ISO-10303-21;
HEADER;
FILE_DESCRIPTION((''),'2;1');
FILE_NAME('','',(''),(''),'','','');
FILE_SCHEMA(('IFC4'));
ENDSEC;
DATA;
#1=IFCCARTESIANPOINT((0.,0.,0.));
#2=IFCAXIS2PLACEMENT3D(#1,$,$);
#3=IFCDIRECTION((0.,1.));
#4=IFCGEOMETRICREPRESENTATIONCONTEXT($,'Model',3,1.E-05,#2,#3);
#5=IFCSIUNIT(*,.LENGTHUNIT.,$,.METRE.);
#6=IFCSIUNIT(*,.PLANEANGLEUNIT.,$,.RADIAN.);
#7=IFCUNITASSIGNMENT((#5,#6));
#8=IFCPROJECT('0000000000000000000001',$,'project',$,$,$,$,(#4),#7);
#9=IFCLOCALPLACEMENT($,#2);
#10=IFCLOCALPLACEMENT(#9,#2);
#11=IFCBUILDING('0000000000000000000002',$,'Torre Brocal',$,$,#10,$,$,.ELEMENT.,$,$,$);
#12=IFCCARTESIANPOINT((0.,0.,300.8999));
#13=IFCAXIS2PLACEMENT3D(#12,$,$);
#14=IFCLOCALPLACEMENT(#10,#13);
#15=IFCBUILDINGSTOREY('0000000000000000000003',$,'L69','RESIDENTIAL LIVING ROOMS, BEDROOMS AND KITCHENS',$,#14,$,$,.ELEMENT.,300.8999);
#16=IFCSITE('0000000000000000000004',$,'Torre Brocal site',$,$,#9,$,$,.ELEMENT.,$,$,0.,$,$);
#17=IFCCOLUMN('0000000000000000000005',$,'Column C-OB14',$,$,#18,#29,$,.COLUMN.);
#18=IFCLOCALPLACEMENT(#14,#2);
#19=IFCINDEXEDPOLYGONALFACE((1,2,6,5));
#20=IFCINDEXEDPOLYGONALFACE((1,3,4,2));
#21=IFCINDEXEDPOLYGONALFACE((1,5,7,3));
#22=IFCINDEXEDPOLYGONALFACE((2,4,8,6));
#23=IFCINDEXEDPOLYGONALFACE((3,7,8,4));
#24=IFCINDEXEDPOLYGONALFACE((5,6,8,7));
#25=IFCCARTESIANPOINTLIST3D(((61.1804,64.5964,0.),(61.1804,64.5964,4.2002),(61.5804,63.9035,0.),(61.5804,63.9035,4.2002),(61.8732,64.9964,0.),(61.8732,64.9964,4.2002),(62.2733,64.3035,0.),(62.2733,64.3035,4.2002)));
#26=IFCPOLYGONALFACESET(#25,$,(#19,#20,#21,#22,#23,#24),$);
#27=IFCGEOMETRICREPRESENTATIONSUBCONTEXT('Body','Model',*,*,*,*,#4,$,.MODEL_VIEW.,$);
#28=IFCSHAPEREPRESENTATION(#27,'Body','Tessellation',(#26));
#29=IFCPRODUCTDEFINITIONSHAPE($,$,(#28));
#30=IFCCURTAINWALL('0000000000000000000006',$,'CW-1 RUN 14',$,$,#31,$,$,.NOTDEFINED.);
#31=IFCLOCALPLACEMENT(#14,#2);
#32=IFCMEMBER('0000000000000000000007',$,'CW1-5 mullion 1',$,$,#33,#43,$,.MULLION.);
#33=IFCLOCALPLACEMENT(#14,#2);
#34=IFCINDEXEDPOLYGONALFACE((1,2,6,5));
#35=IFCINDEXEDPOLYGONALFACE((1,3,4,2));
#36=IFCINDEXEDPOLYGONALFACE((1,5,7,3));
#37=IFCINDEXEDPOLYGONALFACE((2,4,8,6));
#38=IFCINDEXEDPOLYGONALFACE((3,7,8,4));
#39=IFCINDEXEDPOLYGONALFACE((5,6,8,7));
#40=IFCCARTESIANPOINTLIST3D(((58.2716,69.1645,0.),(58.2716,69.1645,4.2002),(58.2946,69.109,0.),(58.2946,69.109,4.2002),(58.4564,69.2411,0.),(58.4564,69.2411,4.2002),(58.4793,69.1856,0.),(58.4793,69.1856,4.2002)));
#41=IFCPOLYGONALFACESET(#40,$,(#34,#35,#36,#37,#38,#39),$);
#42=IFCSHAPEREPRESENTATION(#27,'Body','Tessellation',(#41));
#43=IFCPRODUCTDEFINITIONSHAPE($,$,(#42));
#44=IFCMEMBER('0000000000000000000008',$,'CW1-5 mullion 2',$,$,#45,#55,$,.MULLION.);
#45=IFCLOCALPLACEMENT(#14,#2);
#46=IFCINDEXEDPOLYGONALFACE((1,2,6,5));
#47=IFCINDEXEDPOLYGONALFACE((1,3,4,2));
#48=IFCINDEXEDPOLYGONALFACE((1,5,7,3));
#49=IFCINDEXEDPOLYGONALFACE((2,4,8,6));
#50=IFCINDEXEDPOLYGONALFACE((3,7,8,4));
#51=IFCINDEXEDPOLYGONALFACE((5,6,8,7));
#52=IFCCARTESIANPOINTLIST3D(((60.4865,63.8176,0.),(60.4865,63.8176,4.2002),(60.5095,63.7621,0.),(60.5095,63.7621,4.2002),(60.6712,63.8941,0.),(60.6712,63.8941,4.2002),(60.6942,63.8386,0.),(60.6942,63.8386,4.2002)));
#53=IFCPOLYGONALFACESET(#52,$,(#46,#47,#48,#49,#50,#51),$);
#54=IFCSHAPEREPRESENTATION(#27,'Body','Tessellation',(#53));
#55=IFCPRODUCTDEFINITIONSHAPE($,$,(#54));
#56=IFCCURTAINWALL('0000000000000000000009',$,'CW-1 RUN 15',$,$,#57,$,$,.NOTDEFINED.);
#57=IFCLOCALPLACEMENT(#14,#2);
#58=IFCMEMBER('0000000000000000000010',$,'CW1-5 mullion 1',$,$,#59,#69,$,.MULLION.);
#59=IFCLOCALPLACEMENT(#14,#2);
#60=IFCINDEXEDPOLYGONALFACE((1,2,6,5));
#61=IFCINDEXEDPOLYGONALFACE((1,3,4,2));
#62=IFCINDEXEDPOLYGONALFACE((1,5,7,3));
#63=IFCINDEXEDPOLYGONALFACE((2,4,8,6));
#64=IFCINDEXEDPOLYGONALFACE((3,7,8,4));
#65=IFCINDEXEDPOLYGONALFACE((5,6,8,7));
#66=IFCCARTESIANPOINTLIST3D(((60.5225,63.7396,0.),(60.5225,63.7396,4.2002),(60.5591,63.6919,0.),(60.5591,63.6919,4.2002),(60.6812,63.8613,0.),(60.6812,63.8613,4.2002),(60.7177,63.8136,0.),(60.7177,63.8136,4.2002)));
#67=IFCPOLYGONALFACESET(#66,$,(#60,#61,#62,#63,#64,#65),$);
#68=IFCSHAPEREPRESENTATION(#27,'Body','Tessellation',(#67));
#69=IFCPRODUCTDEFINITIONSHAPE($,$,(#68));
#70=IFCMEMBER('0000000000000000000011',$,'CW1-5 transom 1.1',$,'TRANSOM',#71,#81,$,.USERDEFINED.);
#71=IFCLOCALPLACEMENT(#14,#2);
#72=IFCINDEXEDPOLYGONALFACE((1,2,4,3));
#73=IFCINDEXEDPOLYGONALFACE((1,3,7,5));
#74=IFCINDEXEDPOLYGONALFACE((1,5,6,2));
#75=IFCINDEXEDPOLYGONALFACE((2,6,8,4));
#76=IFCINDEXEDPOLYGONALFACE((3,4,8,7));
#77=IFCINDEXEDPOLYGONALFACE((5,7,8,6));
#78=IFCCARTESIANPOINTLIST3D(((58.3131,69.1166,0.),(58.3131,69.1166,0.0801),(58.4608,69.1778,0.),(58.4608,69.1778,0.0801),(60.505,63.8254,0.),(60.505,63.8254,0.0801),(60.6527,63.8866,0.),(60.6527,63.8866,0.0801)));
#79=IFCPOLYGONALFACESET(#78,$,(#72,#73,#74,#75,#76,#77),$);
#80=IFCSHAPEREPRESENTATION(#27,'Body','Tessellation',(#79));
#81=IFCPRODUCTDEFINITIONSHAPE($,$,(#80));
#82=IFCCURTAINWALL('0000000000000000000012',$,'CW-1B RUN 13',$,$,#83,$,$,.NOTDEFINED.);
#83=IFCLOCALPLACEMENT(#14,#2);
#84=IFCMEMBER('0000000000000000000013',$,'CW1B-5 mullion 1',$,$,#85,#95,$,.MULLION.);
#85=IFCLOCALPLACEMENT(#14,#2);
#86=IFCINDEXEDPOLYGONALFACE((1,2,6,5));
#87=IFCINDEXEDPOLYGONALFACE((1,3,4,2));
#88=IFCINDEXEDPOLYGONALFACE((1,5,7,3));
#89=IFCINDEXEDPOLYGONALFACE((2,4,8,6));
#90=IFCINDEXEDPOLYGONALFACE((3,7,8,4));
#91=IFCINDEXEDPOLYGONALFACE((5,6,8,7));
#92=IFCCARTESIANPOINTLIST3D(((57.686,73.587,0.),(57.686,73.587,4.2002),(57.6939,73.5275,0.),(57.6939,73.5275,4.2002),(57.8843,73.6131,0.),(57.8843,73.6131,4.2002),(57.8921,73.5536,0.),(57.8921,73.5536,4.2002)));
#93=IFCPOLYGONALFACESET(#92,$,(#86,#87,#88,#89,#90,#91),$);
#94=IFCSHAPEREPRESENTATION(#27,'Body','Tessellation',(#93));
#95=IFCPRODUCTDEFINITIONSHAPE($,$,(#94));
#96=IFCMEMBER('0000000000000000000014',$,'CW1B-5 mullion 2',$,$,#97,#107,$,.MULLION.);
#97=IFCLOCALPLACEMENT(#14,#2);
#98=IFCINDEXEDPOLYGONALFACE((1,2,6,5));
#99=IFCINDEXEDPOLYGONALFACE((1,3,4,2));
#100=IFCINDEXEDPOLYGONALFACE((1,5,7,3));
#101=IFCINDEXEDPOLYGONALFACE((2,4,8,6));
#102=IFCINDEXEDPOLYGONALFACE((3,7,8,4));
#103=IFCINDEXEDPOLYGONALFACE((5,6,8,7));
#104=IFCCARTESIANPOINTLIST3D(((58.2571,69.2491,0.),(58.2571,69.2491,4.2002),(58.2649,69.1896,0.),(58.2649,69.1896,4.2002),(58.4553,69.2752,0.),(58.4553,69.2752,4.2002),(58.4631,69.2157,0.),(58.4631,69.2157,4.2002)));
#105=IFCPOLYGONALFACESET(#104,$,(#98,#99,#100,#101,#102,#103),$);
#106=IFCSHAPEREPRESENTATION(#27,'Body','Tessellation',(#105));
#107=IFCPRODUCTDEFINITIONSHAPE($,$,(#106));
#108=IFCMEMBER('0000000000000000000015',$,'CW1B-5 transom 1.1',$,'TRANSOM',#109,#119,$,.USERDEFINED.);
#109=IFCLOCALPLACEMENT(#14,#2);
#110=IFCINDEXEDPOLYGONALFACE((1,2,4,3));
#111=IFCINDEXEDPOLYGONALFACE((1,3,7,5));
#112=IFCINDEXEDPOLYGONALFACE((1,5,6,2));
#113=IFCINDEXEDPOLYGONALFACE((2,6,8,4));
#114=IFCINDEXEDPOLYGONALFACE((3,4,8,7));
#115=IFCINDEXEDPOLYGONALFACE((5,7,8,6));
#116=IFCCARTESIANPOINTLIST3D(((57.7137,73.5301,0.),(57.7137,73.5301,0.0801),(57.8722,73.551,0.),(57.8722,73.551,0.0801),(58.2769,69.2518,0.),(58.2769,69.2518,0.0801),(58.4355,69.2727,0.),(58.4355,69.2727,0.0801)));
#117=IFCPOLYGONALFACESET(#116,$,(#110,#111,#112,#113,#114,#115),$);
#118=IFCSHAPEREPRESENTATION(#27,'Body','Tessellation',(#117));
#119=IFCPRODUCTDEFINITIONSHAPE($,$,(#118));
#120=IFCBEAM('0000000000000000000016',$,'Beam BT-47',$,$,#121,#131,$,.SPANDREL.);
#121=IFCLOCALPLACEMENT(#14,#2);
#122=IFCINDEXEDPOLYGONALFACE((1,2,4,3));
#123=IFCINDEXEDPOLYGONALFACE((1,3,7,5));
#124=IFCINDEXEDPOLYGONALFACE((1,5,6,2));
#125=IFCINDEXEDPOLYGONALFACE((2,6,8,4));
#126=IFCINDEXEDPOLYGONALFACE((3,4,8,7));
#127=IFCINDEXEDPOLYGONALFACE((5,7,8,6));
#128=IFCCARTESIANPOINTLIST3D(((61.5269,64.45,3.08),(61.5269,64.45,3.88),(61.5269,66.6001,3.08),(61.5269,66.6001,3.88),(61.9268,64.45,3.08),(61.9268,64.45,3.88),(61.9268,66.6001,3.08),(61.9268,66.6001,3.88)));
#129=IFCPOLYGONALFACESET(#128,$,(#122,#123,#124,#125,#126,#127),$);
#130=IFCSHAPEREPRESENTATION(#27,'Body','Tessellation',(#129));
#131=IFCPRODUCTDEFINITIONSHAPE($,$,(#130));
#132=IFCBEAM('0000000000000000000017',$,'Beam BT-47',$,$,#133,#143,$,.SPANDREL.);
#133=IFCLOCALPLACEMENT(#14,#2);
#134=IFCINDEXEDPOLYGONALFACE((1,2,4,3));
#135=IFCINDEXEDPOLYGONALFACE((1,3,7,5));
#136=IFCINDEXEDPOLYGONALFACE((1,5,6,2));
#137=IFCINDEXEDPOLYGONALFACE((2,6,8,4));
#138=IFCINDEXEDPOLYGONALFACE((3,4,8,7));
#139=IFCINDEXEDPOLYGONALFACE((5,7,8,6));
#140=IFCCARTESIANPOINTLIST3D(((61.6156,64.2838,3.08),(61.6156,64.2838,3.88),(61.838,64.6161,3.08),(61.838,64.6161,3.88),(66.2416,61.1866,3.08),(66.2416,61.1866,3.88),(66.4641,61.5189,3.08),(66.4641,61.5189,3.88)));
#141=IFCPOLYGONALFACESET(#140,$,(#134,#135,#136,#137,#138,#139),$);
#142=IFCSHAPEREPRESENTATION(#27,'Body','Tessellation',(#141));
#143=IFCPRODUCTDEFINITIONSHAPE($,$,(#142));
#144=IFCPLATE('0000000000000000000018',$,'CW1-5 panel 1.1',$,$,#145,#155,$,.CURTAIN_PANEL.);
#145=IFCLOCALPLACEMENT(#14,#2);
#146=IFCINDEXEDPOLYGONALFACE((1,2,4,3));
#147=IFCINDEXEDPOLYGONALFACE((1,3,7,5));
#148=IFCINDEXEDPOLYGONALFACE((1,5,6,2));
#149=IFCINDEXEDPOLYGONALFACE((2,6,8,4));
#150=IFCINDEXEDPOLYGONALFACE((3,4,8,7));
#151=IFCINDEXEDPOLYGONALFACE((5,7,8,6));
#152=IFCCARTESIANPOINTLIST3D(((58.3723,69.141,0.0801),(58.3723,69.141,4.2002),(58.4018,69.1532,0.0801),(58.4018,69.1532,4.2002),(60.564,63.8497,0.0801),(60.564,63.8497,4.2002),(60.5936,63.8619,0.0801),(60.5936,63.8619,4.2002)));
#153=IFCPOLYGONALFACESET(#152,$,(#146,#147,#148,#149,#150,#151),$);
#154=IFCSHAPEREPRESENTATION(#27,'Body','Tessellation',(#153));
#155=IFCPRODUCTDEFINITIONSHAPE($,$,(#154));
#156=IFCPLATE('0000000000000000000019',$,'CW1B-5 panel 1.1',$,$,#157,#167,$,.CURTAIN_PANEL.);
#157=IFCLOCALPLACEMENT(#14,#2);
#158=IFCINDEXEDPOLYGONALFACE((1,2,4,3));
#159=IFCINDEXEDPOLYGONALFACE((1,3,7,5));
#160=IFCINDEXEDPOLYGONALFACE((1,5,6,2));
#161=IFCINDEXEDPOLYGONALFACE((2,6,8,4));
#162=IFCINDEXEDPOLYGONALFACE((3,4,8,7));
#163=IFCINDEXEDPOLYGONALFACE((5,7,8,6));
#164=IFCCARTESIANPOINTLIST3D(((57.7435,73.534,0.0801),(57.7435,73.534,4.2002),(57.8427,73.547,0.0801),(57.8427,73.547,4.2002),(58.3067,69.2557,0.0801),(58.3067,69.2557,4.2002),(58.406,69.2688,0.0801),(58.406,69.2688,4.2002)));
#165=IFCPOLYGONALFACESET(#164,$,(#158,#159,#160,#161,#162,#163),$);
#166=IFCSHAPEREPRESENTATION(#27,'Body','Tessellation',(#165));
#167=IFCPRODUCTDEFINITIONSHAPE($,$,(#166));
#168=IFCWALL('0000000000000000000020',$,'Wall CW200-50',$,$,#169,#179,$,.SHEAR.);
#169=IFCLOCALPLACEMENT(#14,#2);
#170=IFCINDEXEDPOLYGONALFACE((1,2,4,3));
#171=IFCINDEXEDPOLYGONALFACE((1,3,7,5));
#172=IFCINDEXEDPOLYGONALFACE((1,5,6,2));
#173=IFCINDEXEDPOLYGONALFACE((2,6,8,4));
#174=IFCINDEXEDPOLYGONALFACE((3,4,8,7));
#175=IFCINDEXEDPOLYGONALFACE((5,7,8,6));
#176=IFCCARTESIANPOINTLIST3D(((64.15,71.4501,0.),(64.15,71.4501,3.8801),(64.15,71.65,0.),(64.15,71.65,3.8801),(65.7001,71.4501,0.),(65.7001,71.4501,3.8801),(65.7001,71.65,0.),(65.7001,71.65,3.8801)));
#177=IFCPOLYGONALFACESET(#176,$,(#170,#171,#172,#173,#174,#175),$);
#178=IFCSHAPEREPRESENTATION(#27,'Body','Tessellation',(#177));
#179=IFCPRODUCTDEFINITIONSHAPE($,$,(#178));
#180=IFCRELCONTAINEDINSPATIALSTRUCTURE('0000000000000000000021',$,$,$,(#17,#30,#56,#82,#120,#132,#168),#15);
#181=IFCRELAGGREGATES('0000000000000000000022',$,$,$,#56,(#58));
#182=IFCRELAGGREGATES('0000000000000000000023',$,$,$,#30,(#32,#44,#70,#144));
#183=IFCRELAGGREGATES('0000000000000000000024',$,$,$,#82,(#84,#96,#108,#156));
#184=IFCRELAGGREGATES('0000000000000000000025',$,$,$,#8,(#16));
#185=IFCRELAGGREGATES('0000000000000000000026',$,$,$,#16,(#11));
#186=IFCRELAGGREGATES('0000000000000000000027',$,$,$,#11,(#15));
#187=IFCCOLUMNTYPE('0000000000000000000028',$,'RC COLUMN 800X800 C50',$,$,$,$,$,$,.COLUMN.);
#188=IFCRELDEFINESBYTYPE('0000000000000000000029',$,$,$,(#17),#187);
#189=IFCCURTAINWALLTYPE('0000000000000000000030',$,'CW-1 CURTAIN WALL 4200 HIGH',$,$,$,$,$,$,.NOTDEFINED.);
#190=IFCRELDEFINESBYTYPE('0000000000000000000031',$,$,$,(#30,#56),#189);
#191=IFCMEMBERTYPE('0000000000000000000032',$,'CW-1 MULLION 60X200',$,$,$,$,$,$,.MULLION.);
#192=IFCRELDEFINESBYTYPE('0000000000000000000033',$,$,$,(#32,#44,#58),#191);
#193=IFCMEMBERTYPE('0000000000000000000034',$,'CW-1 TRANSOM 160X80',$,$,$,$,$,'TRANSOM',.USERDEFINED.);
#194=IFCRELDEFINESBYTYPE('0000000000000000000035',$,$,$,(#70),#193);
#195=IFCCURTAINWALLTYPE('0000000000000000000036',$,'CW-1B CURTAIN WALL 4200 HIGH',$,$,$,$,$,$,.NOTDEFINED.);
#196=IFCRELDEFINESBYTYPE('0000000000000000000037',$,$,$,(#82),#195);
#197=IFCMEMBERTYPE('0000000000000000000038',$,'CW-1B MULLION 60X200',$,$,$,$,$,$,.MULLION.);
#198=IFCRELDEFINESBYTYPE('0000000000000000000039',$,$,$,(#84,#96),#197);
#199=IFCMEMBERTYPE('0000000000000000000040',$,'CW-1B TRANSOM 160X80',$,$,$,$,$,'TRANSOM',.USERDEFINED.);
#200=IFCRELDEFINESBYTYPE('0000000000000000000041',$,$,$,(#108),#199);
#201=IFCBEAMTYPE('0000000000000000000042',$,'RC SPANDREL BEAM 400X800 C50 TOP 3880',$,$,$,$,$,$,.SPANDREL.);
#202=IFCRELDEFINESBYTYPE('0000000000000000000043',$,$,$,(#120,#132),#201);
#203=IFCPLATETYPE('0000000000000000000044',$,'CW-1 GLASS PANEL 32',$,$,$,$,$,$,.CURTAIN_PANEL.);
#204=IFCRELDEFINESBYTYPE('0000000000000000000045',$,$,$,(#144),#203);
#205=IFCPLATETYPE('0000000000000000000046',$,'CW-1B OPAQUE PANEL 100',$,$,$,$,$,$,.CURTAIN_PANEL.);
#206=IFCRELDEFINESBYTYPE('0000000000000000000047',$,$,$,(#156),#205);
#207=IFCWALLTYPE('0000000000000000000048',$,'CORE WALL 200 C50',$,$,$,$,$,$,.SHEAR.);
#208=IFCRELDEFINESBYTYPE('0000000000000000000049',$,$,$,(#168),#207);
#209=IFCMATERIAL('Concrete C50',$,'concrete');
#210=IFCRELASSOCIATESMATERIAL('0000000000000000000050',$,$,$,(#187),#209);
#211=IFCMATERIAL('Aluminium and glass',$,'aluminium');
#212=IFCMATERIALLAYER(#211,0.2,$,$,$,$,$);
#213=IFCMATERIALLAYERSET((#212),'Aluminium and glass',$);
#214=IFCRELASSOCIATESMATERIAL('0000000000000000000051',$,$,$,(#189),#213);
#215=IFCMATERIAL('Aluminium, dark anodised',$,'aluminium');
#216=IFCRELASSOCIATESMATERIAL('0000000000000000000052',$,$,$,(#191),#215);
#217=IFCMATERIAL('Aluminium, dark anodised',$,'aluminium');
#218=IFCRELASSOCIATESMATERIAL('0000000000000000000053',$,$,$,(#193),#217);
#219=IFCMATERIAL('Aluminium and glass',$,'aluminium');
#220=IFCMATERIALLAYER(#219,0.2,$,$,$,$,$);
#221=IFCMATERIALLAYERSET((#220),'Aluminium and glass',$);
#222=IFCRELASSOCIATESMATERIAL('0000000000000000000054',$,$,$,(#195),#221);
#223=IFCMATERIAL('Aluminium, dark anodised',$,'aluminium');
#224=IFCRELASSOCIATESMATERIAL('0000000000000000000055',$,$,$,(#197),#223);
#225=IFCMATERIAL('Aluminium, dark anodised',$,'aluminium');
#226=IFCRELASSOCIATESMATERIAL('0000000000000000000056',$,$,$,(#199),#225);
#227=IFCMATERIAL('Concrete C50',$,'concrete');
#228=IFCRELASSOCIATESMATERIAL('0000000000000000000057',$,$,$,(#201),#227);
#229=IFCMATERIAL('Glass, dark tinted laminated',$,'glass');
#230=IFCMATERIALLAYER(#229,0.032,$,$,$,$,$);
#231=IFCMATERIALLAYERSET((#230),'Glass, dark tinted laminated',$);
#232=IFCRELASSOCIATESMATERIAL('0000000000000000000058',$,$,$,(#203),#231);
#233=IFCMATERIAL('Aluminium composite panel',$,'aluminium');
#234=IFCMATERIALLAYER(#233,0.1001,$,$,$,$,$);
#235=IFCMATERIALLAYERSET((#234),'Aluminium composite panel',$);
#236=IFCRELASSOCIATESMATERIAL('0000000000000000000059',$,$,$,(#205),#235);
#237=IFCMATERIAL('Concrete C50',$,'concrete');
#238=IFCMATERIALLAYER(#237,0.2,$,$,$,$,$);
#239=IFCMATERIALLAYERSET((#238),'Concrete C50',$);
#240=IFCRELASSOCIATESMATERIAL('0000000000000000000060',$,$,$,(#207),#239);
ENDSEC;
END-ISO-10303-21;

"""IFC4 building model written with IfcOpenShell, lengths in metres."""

from ifc_helpers import new_model, si_unit, direction, frame, frame_2d, origin, origin_2d, place, context, subcontext, project, spatial, rectangle, extrude, material, layer, layer_set, material_profile, profile_set, type_object, element, aggregate, save


model = new_model("IFC4")

# Units and contexts
model_context = context("Model", 3, precision=1e-05, world=origin(), true_north=direction((0.0, 1.0)))
body_context = subcontext(model_context, "Body", "Model", "MODEL_VIEW")
ifc_project = project(units=[si_unit("LENGTHUNIT", "METRE"), si_unit("PLANEANGLEUNIT", "RADIAN")], contexts=[model_context])

# Site, building, storey
site_placement = place(None, origin())
site = spatial("IfcSite", under=ifc_project, at=site_placement, Name="Torre Brocal site", CompositionType="ELEMENT", RefElevation=0.0)
building_placement = place(site_placement, origin())
building = spatial("IfcBuilding", under=site, at=building_placement, Name="Torre Brocal", CompositionType="ELEMENT")
storey_placement = place(building_placement, frame((0.0, 0.0, 300.8999)))
storey = spatial("IfcBuildingStorey", under=building, at=storey_placement, Name="L69", Description="RESIDENTIAL LIVING ROOMS, BEDROOMS AND KITCHENS", CompositionType="ELEMENT", Elevation=300.8999)

# Column
ifc_material_1 = material(Name="Concrete C50", Category="concrete")
ifc_material_profile_1 = material_profile(ifc_material_1, rectangle(XDim=0.8, YDim=0.8, at=origin_2d()), Name="RC 800X800")
ifc_profile_set_1 = profile_set([ifc_material_profile_1], Name="Concrete C50")
column_type = type_object("IfcColumnType", Name="RC COLUMN 800X800 C50", PredefinedType="COLUMN", material=ifc_profile_set_1)
column_placement = place(storey_placement, frame((61.7268, 64.45, 0.0), z_axis=(0.0, 0.0, 1.0), x_axis=(-0.866025, -0.5, 0.0)))
element("IfcColumn", 1, at=column_placement, inside=storey, type_object=column_type, Name="Column C-OB14", PredefinedType="COLUMN", context=body_context, shape_type="SweptSolid", body=[
    extrude(rectangle(XDim=0.8, YDim=0.8, at=origin_2d()), origin(), (0.0, 0.0, 1.0), 4.2002),
])

# Curtain wall, members
ifc_material_2 = material(Name="Aluminium and glass", Category="aluminium")
ifc_layer_1 = layer(ifc_material_2, 0.2)
ifc_layer_set_1 = layer_set([ifc_layer_1], Name="Aluminium and glass")
curtain_wall_type_1 = type_object("IfcCurtainWallType", Name="CW-1 CURTAIN WALL 4200 HIGH", PredefinedType="NOTDEFINED", material=ifc_layer_set_1)
curtain_wall_1_placement = place(storey_placement, origin())
curtain_wall_1 = element("IfcCurtainWall", 2, at=curtain_wall_1_placement, inside=storey, type_object=curtain_wall_type_1, Name="CW-1 RUN 14", PredefinedType="NOTDEFINED")
ifc_material_3 = material(Name="Aluminium, dark anodised", Category="aluminium")
ifc_material_profile_2 = material_profile(ifc_material_3, rectangle(XDim=0.2, YDim=0.0601, at=origin_2d()), Name="CW-1 MULLION 60X200")
ifc_profile_set_2 = profile_set([ifc_material_profile_2], Name="Aluminium, dark anodised")
member_type_1 = type_object("IfcMemberType", Name="CW-1 MULLION 60X200", PredefinedType="MULLION", material=ifc_profile_set_2)
member_1_placement = place(storey_placement, frame((58.3755, 69.175, 0.0), z_axis=(0.0, 0.0, 1.0), x_axis=(0.92388, 0.382683, 0.0)))
member_1 = element("IfcMember", 3, at=member_1_placement, type_object=member_type_1, Name="CW1-5 mullion 1", PredefinedType="MULLION", context=body_context, shape_type="SweptSolid", body=[
    extrude(rectangle(XDim=0.2, YDim=0.0601, at=origin_2d()), origin(), (0.0, 0.0, 1.0), 4.2002),
])
member_2_placement = place(storey_placement, frame((60.5903, 63.8281, 0.0), z_axis=(0.0, 0.0, 1.0), x_axis=(0.92388, 0.382683, 0.0)))
member_2 = element("IfcMember", 4, at=member_2_placement, type_object=member_type_1, Name="CW1-5 mullion 2", PredefinedType="MULLION", context=body_context, shape_type="SweptSolid", body=[
    extrude(rectangle(XDim=0.2, YDim=0.0601, at=origin_2d()), origin(), (0.0, 0.0, 1.0), 4.2002),
])

# Curtain wall, member
curtain_wall_2_placement = place(storey_placement, origin())
curtain_wall_2 = element("IfcCurtainWall", 5, at=curtain_wall_2_placement, inside=storey, type_object=curtain_wall_type_1, Name="CW-1 RUN 15", PredefinedType="NOTDEFINED")
member_3_placement = place(storey_placement, frame((60.6201, 63.7766, 0.0), z_axis=(0.0, 0.0, 1.0), x_axis=(0.793353, 0.608761, 0.0)))
member_3 = element("IfcMember", 6, at=member_3_placement, type_object=member_type_1, Name="CW1-5 mullion 1", PredefinedType="MULLION", context=body_context, shape_type="SweptSolid", body=[
    extrude(rectangle(XDim=0.2, YDim=0.0601, at=origin_2d()), origin(), (0.0, 0.0, 1.0), 4.2002),
])
aggregate(curtain_wall_2, [member_3])

# Member
ifc_material_4 = material(Name="Aluminium, dark anodised", Category="aluminium")
ifc_material_profile_3 = material_profile(ifc_material_4, rectangle(XDim=0.1599, YDim=0.0801, at=origin_2d()), Name="CW-1 TRANSOM 160X80")
ifc_profile_set_3 = profile_set([ifc_material_profile_3], Name="Aluminium, dark anodised")
member_type_2 = type_object("IfcMemberType", Name="CW-1 TRANSOM 160X80", ElementType="TRANSOM", PredefinedType="USERDEFINED", material=ifc_profile_set_3)
member_4_placement = place(storey_placement, frame((58.387, 69.1472, 0.04), z_axis=(0.382711, -0.923868, 0.0), x_axis=(0.923868, 0.382711, 0.0)))
member_4 = element("IfcMember", 7, at=member_4_placement, type_object=member_type_2, Name="CW1-5 transom 1.1", ObjectType="TRANSOM", PredefinedType="USERDEFINED", context=body_context, shape_type="SweptSolid", body=[
    extrude(rectangle(XDim=0.1599, YDim=0.0801, at=origin_2d()), origin(), (0.0, 0.0, 1.0), 5.7273),
])

# Curtain wall, members
ifc_material_5 = material(Name="Aluminium and glass", Category="aluminium")
ifc_layer_2 = layer(ifc_material_5, 0.2)
ifc_layer_set_2 = layer_set([ifc_layer_2], Name="Aluminium and glass")
curtain_wall_type_2 = type_object("IfcCurtainWallType", Name="CW-1B CURTAIN WALL 4200 HIGH", PredefinedType="NOTDEFINED", material=ifc_layer_set_2)
curtain_wall_3_placement = place(storey_placement, origin())
curtain_wall_3 = element("IfcCurtainWall", 8, at=curtain_wall_3_placement, inside=storey, type_object=curtain_wall_type_2, Name="CW-1B RUN 13", PredefinedType="NOTDEFINED")
ifc_material_6 = material(Name="Aluminium, dark anodised", Category="aluminium")
ifc_material_profile_4 = material_profile(ifc_material_6, rectangle(XDim=0.2, YDim=0.0601, at=origin_2d()), Name="CW-1B MULLION 60X200")
ifc_profile_set_4 = profile_set([ifc_material_profile_4], Name="Aluminium, dark anodised")
member_type_3 = type_object("IfcMemberType", Name="CW-1B MULLION 60X200", PredefinedType="MULLION", material=ifc_profile_set_4)
member_5_placement = place(storey_placement, frame((57.7891, 73.5703, 0.0), z_axis=(0.0, 0.0, 1.0), x_axis=(0.991445, 0.130526, 0.0)))
member_5 = element("IfcMember", 9, at=member_5_placement, type_object=member_type_3, Name="CW1B-5 mullion 1", PredefinedType="MULLION", context=body_context, shape_type="SweptSolid", body=[
    extrude(rectangle(XDim=0.2, YDim=0.0601, at=origin_2d()), origin(), (0.0, 0.0, 1.0), 4.2002),
])
member_6_placement = place(storey_placement, frame((58.3601, 69.2324, 0.0), z_axis=(0.0, 0.0, 1.0), x_axis=(0.991445, 0.130526, 0.0)))
member_6 = element("IfcMember", 10, at=member_6_placement, type_object=member_type_3, Name="CW1B-5 mullion 2", PredefinedType="MULLION", context=body_context, shape_type="SweptSolid", body=[
    extrude(rectangle(XDim=0.2, YDim=0.0601, at=origin_2d()), origin(), (0.0, 0.0, 1.0), 4.2002),
])
ifc_material_7 = material(Name="Aluminium, dark anodised", Category="aluminium")
ifc_material_profile_5 = material_profile(ifc_material_7, rectangle(XDim=0.1599, YDim=0.0801, at=origin_2d()), Name="CW-1B TRANSOM 160X80")
ifc_profile_set_5 = profile_set([ifc_material_profile_5], Name="Aluminium, dark anodised")
member_type_4 = type_object("IfcMemberType", Name="CW-1B TRANSOM 160X80", ElementType="TRANSOM", PredefinedType="USERDEFINED", material=ifc_profile_set_5)
member_7_placement = place(storey_placement, frame((57.793, 73.5405, 0.04), z_axis=(0.130522, -0.991445, 0.0), x_axis=(0.991445, 0.130522, 0.0)))
member_7 = element("IfcMember", 11, at=member_7_placement, type_object=member_type_4, Name="CW1B-5 transom 1.1", ObjectType="TRANSOM", PredefinedType="USERDEFINED", context=body_context, shape_type="SweptSolid", body=[
    extrude(rectangle(XDim=0.1599, YDim=0.0801, at=origin_2d()), origin(), (0.0, 0.0, 1.0), 4.3152),
])

# Beams
ifc_material_8 = material(Name="Concrete C50", Category="concrete")
ifc_material_profile_6 = material_profile(ifc_material_8, rectangle(XDim=0.3999, YDim=0.8, at=origin_2d()), Name="RC 400X800")
ifc_profile_set_6 = profile_set([ifc_material_profile_6], Name="Concrete C50")
beam_type = type_object("IfcBeamType", Name="RC SPANDREL BEAM 400X800 C50 TOP 3880", PredefinedType="SPANDREL", material=ifc_profile_set_6)
beam_1_placement = place(storey_placement, frame((61.7268, 64.45, 3.48), z_axis=(0.0, 1.0, 0.0), x_axis=(-1.0, 0.0, 0.0)))
element("IfcBeam", 12, at=beam_1_placement, inside=storey, type_object=beam_type, Name="Beam BT-47", PredefinedType="SPANDREL", context=body_context, shape_type="SweptSolid", body=[
    extrude(rectangle(XDim=0.3999, YDim=0.8, at=origin_2d()), origin(), (0.0, 0.0, 1.0), 2.1501),
])
beam_2_placement = place(storey_placement, frame((61.7268, 64.45, 3.48), z_axis=(0.830956, -0.556339, 0.0), x_axis=(0.556339, 0.830956, 0.0)))
element("IfcBeam", 13, at=beam_2_placement, inside=storey, type_object=beam_type, Name="Beam BT-47", PredefinedType="SPANDREL", context=body_context, shape_type="SweptSolid", body=[
    extrude(rectangle(XDim=0.3999, YDim=0.8, at=origin_2d()), origin(), (0.0, 0.0, 1.0), 5.5671),
])

# Plates
ifc_material_9 = material(Name="Glass, dark tinted laminated", Category="glass")
ifc_layer_3 = layer(ifc_material_9, 0.032)
ifc_layer_set_3 = layer_set([ifc_layer_3], Name="Glass, dark tinted laminated")
plate_type_1 = type_object("IfcPlateType", Name="CW-1 GLASS PANEL 32", PredefinedType="CURTAIN_PANEL", material=ifc_layer_set_3)
plate_1_placement = place(storey_placement, frame((59.4829, 66.5015, 0.0801), z_axis=(0.0, 0.0, 1.0), x_axis=(0.382683, -0.92388, 0.0)))
plate_1 = element("IfcPlate", 14, at=plate_1_placement, type_object=plate_type_1, Name="CW1-5 panel 1.1", PredefinedType="CURTAIN_PANEL", context=body_context, shape_type="SweptSolid", body=[
    extrude(rectangle(XDim=5.7273, YDim=0.032, at=origin_2d()), origin(), (0.0, 0.0, 1.0), 4.1201),
])
aggregate(curtain_wall_1, [member_1, member_2, member_4, plate_1])
ifc_material_10 = material(Name="Aluminium composite panel", Category="aluminium")
ifc_layer_4 = layer(ifc_material_10, 0.1001)
ifc_layer_set_4 = layer_set([ifc_layer_4], Name="Aluminium composite panel")
plate_type_2 = type_object("IfcPlateType", Name="CW-1B OPAQUE PANEL 100", PredefinedType="CURTAIN_PANEL", material=ifc_layer_set_4)
plate_2_placement = place(storey_placement, frame((58.0747, 71.4014, 0.0801), z_axis=(0.0, 0.0, 1.0), x_axis=(0.130526, -0.991445, 0.0)))
plate_2 = element("IfcPlate", 15, at=plate_2_placement, type_object=plate_type_2, Name="CW1B-5 panel 1.1", PredefinedType="CURTAIN_PANEL", context=body_context, shape_type="SweptSolid", body=[
    extrude(rectangle(XDim=4.3152, YDim=0.1001, at=origin_2d()), origin(), (0.0, 0.0, 1.0), 4.1201),
])
aggregate(curtain_wall_3, [member_5, member_6, member_7, plate_2])

# Wall
ifc_material_11 = material(Name="Concrete C50", Category="concrete")
ifc_layer_5 = layer(ifc_material_11, 0.2)
ifc_layer_set_5 = layer_set([ifc_layer_5], Name="Concrete C50")
wall_type_1 = type_object("IfcWallType", Name="CORE WALL 200 C50", PredefinedType="SHEAR", material=ifc_layer_set_5)
wall_1_placement = place(storey_placement, frame((65.7, 71.55, 0.0), z_axis=(0.0, 0.0, 1.0), x_axis=(-1.0, 0.0, 0.0)))
element("IfcWall", 16, at=wall_1_placement, inside=storey, type_object=wall_type_1, Name="Wall CW200-50", PredefinedType="SHEAR", context=body_context, shape_type="SweptSolid", body=[
    extrude(rectangle(XDim=1.55, YDim=0.2, at=frame_2d((0.7749, 0.0))), origin(), (0.0, 0.0, 1.0), 3.8801),
])

save(model, "model.ifc")
